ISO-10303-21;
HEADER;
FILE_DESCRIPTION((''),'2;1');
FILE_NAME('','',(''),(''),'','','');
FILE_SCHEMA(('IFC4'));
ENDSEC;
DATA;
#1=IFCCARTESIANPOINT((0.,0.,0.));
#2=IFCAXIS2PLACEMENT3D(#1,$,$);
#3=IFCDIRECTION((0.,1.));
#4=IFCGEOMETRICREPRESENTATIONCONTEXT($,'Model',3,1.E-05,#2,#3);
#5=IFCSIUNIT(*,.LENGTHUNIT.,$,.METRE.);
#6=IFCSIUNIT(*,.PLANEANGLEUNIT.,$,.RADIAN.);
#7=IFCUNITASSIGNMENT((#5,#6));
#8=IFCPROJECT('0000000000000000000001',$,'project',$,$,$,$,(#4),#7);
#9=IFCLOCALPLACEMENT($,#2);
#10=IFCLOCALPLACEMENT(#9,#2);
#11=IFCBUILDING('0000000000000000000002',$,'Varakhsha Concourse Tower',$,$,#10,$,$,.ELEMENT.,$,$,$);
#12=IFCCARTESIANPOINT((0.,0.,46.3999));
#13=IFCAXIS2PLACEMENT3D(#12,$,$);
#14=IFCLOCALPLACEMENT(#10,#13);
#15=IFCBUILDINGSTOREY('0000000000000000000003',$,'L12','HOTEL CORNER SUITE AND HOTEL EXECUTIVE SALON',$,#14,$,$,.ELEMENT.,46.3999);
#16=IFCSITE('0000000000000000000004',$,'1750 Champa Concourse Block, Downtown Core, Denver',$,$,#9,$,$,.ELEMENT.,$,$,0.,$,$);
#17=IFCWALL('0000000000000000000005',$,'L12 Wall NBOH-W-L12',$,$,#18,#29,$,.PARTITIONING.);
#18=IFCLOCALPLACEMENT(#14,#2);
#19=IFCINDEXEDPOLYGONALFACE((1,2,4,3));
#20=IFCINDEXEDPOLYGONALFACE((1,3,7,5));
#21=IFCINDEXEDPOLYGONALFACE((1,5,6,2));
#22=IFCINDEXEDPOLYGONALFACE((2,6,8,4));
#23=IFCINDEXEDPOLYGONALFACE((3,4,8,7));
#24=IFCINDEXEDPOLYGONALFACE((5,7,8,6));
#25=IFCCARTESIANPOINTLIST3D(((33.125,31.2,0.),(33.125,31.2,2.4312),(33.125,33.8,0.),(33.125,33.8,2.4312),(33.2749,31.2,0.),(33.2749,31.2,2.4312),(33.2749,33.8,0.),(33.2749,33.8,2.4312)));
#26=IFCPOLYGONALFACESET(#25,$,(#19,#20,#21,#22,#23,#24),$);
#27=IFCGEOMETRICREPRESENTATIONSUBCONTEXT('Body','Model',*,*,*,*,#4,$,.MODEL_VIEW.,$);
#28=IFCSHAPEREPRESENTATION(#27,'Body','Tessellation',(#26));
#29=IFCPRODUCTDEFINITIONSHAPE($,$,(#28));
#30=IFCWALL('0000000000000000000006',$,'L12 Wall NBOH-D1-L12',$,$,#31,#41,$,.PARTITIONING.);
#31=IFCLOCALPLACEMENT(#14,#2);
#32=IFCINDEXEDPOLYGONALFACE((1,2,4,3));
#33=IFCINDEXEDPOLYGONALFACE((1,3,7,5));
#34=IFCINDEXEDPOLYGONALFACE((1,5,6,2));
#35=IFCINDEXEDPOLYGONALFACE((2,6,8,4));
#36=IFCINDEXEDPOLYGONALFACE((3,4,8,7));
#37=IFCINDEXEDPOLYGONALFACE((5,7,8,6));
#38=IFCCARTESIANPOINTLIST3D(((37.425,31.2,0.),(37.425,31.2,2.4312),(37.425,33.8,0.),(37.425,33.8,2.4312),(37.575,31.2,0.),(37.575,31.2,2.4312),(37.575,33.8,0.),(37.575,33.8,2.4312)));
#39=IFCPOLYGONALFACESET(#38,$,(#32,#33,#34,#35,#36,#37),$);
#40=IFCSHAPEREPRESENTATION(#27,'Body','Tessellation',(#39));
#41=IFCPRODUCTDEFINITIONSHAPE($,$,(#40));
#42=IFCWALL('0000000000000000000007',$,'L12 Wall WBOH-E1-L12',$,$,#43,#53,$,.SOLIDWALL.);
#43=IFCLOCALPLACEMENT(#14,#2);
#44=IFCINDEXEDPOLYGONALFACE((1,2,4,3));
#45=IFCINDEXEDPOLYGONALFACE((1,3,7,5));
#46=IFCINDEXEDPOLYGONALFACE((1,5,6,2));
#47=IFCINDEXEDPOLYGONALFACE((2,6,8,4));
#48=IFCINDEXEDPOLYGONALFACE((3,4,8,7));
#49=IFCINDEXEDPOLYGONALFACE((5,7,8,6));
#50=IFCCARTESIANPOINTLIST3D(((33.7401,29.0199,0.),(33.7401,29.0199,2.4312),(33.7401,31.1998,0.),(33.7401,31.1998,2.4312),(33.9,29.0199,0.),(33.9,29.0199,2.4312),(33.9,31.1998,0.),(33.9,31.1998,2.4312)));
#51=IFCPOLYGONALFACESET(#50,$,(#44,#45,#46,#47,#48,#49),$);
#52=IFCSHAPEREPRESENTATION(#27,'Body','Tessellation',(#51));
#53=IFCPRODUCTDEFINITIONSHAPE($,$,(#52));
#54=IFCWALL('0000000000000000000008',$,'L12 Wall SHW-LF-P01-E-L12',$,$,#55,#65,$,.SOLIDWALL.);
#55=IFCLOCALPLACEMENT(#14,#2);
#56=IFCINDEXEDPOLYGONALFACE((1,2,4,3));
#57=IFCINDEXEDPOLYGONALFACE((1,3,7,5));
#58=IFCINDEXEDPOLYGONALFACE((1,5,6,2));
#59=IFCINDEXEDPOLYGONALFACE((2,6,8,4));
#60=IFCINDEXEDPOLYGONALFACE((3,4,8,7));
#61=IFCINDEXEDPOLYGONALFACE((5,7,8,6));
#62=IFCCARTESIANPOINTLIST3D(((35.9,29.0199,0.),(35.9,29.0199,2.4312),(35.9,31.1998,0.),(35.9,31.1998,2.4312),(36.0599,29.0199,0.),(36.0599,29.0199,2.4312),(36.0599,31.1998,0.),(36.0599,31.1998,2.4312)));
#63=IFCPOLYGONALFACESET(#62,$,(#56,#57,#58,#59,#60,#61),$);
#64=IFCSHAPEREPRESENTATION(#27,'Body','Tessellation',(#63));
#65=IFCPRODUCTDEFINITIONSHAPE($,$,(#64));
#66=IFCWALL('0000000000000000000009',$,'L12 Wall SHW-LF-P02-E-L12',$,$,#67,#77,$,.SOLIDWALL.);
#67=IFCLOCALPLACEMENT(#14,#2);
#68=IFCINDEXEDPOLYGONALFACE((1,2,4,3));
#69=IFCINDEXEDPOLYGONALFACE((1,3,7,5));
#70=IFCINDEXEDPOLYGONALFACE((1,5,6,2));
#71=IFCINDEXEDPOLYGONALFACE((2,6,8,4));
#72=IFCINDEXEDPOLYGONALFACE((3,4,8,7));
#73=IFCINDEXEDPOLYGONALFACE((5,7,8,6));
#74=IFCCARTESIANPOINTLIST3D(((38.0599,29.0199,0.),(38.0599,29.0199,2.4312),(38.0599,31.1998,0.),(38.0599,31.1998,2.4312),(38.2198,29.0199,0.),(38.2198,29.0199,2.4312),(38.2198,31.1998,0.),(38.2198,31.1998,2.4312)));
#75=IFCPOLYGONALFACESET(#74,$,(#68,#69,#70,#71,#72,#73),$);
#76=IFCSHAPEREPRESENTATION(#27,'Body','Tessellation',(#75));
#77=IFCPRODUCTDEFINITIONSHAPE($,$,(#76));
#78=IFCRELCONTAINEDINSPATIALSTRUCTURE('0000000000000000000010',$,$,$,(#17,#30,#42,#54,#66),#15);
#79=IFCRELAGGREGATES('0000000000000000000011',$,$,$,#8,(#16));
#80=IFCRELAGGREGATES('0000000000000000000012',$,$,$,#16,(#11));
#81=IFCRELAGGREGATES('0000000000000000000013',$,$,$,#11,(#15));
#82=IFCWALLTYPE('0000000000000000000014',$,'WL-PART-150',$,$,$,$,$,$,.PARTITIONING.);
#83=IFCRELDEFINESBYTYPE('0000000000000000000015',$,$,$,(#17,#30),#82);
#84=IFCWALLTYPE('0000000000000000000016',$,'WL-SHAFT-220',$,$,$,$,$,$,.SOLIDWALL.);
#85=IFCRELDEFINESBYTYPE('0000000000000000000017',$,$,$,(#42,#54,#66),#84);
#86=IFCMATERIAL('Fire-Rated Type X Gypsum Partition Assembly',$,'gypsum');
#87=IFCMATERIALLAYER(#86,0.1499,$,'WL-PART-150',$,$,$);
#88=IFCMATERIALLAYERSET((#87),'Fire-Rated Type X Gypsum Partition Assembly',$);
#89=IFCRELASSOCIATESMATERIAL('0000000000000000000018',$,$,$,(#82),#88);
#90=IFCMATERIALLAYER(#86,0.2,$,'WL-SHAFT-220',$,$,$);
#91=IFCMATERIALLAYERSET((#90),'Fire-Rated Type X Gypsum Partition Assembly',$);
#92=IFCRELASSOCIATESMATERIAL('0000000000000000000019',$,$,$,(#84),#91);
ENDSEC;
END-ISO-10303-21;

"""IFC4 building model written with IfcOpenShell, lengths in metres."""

from ifc_helpers import new_model, si_unit, direction, frame, frame_2d, origin, place, context, subcontext, project, spatial, rectangle, extrude, material, layer, layer_set, type_object, element, save


model = new_model("IFC4")

# Units and contexts
model_context = context("Model", 3, precision=1e-05, world=origin(), true_north=direction((0.0, 1.0)))
body_context = subcontext(model_context, "Body", "Model", "MODEL_VIEW")
ifc_project = project(units=[si_unit("LENGTHUNIT", "METRE"), si_unit("PLANEANGLEUNIT", "RADIAN")], contexts=[model_context])

# Site, building, storey
site_placement = place(None, origin())
site = spatial("IfcSite", under=ifc_project, at=site_placement, Name="1750 Champa Concourse Block, Downtown Core, Denver", CompositionType="ELEMENT", RefElevation=0.0)
building_placement = place(site_placement, origin())
building = spatial("IfcBuilding", under=site, at=building_placement, Name="Varakhsha Concourse Tower", CompositionType="ELEMENT")
storey_placement = place(building_placement, frame((0.0, 0.0, 46.3999)))
storey = spatial("IfcBuildingStorey", under=building, at=storey_placement, Name="L12", Description="HOTEL CORNER SUITE AND HOTEL EXECUTIVE SALON", CompositionType="ELEMENT", Elevation=46.3999)

# Shared definitions
ifc_material_1 = material(Name="Fire-Rated Type X Gypsum Partition Assembly", Category="gypsum")
ifc_layer_1 = layer(ifc_material_1, 0.1499, Name="WL-PART-150")
ifc_layer_set_1 = layer_set([ifc_layer_1], Name="Fire-Rated Type X Gypsum Partition Assembly")
wall_type_1 = type_object("IfcWallType", Name="WL-PART-150", PredefinedType="PARTITIONING", material=ifc_layer_set_1)

# Walls
for number, where, z_axis, x_axis, name in (
    (1, (33.2, 31.2, 0.0), (0.0, 0.0, 1.0), (0.0, 1.0, 0.0), "L12 Wall NBOH-W-L12"),
    (2, (37.5, 31.2, 0.0), (0.0, 0.0, 1.0), (0.0, 1.0, 0.0), "L12 Wall NBOH-D1-L12"),
):
    element("IfcWall", number, at=place(storey_placement, frame(where, z_axis=z_axis, x_axis=x_axis)), inside=storey, type_object=wall_type_1, Name=name, PredefinedType="PARTITIONING", context=body_context, shape_type="SweptSolid", body=[
        extrude(rectangle(XDim=2.6001, YDim=0.1499, at=frame_2d((1.3, 0.0))), origin(), (0.0, 0.0, 1.0), 2.4312),
    ])
ifc_layer_2 = layer(ifc_material_1, 0.2, Name="WL-SHAFT-220")
ifc_layer_set_2 = layer_set([ifc_layer_2], Name="Fire-Rated Type X Gypsum Partition Assembly")
wall_type_2 = type_object("IfcWallType", Name="WL-SHAFT-220", PredefinedType="SOLIDWALL", material=ifc_layer_set_2)
for number, where, z_axis, x_axis, name in (
    (3, (33.8201, 29.02, 0.0), (0.0, 0.0, 1.0), (0.0, 1.0, 0.0), "L12 Wall WBOH-E1-L12"),
    (4, (35.98, 29.02, 0.0), (0.0, 0.0, 1.0), (0.0, 1.0, 0.0), "L12 Wall SHW-LF-P01-E-L12"),
    (5, (38.1399, 29.02, 0.0), (0.0, 0.0, 1.0), (0.0, 1.0, 0.0), "L12 Wall SHW-LF-P02-E-L12"),
):
    element("IfcWall", number, at=place(storey_placement, frame(where, z_axis=z_axis, x_axis=x_axis)), inside=storey, type_object=wall_type_2, Name=name, PredefinedType="SOLIDWALL", context=body_context, shape_type="SweptSolid", body=[
        extrude(rectangle(XDim=2.1799, YDim=0.1599, at=frame_2d((1.0898, 0.0))), origin(), (0.0, 0.0, 1.0), 2.4312),
    ])

save(model, "model.ifc")
